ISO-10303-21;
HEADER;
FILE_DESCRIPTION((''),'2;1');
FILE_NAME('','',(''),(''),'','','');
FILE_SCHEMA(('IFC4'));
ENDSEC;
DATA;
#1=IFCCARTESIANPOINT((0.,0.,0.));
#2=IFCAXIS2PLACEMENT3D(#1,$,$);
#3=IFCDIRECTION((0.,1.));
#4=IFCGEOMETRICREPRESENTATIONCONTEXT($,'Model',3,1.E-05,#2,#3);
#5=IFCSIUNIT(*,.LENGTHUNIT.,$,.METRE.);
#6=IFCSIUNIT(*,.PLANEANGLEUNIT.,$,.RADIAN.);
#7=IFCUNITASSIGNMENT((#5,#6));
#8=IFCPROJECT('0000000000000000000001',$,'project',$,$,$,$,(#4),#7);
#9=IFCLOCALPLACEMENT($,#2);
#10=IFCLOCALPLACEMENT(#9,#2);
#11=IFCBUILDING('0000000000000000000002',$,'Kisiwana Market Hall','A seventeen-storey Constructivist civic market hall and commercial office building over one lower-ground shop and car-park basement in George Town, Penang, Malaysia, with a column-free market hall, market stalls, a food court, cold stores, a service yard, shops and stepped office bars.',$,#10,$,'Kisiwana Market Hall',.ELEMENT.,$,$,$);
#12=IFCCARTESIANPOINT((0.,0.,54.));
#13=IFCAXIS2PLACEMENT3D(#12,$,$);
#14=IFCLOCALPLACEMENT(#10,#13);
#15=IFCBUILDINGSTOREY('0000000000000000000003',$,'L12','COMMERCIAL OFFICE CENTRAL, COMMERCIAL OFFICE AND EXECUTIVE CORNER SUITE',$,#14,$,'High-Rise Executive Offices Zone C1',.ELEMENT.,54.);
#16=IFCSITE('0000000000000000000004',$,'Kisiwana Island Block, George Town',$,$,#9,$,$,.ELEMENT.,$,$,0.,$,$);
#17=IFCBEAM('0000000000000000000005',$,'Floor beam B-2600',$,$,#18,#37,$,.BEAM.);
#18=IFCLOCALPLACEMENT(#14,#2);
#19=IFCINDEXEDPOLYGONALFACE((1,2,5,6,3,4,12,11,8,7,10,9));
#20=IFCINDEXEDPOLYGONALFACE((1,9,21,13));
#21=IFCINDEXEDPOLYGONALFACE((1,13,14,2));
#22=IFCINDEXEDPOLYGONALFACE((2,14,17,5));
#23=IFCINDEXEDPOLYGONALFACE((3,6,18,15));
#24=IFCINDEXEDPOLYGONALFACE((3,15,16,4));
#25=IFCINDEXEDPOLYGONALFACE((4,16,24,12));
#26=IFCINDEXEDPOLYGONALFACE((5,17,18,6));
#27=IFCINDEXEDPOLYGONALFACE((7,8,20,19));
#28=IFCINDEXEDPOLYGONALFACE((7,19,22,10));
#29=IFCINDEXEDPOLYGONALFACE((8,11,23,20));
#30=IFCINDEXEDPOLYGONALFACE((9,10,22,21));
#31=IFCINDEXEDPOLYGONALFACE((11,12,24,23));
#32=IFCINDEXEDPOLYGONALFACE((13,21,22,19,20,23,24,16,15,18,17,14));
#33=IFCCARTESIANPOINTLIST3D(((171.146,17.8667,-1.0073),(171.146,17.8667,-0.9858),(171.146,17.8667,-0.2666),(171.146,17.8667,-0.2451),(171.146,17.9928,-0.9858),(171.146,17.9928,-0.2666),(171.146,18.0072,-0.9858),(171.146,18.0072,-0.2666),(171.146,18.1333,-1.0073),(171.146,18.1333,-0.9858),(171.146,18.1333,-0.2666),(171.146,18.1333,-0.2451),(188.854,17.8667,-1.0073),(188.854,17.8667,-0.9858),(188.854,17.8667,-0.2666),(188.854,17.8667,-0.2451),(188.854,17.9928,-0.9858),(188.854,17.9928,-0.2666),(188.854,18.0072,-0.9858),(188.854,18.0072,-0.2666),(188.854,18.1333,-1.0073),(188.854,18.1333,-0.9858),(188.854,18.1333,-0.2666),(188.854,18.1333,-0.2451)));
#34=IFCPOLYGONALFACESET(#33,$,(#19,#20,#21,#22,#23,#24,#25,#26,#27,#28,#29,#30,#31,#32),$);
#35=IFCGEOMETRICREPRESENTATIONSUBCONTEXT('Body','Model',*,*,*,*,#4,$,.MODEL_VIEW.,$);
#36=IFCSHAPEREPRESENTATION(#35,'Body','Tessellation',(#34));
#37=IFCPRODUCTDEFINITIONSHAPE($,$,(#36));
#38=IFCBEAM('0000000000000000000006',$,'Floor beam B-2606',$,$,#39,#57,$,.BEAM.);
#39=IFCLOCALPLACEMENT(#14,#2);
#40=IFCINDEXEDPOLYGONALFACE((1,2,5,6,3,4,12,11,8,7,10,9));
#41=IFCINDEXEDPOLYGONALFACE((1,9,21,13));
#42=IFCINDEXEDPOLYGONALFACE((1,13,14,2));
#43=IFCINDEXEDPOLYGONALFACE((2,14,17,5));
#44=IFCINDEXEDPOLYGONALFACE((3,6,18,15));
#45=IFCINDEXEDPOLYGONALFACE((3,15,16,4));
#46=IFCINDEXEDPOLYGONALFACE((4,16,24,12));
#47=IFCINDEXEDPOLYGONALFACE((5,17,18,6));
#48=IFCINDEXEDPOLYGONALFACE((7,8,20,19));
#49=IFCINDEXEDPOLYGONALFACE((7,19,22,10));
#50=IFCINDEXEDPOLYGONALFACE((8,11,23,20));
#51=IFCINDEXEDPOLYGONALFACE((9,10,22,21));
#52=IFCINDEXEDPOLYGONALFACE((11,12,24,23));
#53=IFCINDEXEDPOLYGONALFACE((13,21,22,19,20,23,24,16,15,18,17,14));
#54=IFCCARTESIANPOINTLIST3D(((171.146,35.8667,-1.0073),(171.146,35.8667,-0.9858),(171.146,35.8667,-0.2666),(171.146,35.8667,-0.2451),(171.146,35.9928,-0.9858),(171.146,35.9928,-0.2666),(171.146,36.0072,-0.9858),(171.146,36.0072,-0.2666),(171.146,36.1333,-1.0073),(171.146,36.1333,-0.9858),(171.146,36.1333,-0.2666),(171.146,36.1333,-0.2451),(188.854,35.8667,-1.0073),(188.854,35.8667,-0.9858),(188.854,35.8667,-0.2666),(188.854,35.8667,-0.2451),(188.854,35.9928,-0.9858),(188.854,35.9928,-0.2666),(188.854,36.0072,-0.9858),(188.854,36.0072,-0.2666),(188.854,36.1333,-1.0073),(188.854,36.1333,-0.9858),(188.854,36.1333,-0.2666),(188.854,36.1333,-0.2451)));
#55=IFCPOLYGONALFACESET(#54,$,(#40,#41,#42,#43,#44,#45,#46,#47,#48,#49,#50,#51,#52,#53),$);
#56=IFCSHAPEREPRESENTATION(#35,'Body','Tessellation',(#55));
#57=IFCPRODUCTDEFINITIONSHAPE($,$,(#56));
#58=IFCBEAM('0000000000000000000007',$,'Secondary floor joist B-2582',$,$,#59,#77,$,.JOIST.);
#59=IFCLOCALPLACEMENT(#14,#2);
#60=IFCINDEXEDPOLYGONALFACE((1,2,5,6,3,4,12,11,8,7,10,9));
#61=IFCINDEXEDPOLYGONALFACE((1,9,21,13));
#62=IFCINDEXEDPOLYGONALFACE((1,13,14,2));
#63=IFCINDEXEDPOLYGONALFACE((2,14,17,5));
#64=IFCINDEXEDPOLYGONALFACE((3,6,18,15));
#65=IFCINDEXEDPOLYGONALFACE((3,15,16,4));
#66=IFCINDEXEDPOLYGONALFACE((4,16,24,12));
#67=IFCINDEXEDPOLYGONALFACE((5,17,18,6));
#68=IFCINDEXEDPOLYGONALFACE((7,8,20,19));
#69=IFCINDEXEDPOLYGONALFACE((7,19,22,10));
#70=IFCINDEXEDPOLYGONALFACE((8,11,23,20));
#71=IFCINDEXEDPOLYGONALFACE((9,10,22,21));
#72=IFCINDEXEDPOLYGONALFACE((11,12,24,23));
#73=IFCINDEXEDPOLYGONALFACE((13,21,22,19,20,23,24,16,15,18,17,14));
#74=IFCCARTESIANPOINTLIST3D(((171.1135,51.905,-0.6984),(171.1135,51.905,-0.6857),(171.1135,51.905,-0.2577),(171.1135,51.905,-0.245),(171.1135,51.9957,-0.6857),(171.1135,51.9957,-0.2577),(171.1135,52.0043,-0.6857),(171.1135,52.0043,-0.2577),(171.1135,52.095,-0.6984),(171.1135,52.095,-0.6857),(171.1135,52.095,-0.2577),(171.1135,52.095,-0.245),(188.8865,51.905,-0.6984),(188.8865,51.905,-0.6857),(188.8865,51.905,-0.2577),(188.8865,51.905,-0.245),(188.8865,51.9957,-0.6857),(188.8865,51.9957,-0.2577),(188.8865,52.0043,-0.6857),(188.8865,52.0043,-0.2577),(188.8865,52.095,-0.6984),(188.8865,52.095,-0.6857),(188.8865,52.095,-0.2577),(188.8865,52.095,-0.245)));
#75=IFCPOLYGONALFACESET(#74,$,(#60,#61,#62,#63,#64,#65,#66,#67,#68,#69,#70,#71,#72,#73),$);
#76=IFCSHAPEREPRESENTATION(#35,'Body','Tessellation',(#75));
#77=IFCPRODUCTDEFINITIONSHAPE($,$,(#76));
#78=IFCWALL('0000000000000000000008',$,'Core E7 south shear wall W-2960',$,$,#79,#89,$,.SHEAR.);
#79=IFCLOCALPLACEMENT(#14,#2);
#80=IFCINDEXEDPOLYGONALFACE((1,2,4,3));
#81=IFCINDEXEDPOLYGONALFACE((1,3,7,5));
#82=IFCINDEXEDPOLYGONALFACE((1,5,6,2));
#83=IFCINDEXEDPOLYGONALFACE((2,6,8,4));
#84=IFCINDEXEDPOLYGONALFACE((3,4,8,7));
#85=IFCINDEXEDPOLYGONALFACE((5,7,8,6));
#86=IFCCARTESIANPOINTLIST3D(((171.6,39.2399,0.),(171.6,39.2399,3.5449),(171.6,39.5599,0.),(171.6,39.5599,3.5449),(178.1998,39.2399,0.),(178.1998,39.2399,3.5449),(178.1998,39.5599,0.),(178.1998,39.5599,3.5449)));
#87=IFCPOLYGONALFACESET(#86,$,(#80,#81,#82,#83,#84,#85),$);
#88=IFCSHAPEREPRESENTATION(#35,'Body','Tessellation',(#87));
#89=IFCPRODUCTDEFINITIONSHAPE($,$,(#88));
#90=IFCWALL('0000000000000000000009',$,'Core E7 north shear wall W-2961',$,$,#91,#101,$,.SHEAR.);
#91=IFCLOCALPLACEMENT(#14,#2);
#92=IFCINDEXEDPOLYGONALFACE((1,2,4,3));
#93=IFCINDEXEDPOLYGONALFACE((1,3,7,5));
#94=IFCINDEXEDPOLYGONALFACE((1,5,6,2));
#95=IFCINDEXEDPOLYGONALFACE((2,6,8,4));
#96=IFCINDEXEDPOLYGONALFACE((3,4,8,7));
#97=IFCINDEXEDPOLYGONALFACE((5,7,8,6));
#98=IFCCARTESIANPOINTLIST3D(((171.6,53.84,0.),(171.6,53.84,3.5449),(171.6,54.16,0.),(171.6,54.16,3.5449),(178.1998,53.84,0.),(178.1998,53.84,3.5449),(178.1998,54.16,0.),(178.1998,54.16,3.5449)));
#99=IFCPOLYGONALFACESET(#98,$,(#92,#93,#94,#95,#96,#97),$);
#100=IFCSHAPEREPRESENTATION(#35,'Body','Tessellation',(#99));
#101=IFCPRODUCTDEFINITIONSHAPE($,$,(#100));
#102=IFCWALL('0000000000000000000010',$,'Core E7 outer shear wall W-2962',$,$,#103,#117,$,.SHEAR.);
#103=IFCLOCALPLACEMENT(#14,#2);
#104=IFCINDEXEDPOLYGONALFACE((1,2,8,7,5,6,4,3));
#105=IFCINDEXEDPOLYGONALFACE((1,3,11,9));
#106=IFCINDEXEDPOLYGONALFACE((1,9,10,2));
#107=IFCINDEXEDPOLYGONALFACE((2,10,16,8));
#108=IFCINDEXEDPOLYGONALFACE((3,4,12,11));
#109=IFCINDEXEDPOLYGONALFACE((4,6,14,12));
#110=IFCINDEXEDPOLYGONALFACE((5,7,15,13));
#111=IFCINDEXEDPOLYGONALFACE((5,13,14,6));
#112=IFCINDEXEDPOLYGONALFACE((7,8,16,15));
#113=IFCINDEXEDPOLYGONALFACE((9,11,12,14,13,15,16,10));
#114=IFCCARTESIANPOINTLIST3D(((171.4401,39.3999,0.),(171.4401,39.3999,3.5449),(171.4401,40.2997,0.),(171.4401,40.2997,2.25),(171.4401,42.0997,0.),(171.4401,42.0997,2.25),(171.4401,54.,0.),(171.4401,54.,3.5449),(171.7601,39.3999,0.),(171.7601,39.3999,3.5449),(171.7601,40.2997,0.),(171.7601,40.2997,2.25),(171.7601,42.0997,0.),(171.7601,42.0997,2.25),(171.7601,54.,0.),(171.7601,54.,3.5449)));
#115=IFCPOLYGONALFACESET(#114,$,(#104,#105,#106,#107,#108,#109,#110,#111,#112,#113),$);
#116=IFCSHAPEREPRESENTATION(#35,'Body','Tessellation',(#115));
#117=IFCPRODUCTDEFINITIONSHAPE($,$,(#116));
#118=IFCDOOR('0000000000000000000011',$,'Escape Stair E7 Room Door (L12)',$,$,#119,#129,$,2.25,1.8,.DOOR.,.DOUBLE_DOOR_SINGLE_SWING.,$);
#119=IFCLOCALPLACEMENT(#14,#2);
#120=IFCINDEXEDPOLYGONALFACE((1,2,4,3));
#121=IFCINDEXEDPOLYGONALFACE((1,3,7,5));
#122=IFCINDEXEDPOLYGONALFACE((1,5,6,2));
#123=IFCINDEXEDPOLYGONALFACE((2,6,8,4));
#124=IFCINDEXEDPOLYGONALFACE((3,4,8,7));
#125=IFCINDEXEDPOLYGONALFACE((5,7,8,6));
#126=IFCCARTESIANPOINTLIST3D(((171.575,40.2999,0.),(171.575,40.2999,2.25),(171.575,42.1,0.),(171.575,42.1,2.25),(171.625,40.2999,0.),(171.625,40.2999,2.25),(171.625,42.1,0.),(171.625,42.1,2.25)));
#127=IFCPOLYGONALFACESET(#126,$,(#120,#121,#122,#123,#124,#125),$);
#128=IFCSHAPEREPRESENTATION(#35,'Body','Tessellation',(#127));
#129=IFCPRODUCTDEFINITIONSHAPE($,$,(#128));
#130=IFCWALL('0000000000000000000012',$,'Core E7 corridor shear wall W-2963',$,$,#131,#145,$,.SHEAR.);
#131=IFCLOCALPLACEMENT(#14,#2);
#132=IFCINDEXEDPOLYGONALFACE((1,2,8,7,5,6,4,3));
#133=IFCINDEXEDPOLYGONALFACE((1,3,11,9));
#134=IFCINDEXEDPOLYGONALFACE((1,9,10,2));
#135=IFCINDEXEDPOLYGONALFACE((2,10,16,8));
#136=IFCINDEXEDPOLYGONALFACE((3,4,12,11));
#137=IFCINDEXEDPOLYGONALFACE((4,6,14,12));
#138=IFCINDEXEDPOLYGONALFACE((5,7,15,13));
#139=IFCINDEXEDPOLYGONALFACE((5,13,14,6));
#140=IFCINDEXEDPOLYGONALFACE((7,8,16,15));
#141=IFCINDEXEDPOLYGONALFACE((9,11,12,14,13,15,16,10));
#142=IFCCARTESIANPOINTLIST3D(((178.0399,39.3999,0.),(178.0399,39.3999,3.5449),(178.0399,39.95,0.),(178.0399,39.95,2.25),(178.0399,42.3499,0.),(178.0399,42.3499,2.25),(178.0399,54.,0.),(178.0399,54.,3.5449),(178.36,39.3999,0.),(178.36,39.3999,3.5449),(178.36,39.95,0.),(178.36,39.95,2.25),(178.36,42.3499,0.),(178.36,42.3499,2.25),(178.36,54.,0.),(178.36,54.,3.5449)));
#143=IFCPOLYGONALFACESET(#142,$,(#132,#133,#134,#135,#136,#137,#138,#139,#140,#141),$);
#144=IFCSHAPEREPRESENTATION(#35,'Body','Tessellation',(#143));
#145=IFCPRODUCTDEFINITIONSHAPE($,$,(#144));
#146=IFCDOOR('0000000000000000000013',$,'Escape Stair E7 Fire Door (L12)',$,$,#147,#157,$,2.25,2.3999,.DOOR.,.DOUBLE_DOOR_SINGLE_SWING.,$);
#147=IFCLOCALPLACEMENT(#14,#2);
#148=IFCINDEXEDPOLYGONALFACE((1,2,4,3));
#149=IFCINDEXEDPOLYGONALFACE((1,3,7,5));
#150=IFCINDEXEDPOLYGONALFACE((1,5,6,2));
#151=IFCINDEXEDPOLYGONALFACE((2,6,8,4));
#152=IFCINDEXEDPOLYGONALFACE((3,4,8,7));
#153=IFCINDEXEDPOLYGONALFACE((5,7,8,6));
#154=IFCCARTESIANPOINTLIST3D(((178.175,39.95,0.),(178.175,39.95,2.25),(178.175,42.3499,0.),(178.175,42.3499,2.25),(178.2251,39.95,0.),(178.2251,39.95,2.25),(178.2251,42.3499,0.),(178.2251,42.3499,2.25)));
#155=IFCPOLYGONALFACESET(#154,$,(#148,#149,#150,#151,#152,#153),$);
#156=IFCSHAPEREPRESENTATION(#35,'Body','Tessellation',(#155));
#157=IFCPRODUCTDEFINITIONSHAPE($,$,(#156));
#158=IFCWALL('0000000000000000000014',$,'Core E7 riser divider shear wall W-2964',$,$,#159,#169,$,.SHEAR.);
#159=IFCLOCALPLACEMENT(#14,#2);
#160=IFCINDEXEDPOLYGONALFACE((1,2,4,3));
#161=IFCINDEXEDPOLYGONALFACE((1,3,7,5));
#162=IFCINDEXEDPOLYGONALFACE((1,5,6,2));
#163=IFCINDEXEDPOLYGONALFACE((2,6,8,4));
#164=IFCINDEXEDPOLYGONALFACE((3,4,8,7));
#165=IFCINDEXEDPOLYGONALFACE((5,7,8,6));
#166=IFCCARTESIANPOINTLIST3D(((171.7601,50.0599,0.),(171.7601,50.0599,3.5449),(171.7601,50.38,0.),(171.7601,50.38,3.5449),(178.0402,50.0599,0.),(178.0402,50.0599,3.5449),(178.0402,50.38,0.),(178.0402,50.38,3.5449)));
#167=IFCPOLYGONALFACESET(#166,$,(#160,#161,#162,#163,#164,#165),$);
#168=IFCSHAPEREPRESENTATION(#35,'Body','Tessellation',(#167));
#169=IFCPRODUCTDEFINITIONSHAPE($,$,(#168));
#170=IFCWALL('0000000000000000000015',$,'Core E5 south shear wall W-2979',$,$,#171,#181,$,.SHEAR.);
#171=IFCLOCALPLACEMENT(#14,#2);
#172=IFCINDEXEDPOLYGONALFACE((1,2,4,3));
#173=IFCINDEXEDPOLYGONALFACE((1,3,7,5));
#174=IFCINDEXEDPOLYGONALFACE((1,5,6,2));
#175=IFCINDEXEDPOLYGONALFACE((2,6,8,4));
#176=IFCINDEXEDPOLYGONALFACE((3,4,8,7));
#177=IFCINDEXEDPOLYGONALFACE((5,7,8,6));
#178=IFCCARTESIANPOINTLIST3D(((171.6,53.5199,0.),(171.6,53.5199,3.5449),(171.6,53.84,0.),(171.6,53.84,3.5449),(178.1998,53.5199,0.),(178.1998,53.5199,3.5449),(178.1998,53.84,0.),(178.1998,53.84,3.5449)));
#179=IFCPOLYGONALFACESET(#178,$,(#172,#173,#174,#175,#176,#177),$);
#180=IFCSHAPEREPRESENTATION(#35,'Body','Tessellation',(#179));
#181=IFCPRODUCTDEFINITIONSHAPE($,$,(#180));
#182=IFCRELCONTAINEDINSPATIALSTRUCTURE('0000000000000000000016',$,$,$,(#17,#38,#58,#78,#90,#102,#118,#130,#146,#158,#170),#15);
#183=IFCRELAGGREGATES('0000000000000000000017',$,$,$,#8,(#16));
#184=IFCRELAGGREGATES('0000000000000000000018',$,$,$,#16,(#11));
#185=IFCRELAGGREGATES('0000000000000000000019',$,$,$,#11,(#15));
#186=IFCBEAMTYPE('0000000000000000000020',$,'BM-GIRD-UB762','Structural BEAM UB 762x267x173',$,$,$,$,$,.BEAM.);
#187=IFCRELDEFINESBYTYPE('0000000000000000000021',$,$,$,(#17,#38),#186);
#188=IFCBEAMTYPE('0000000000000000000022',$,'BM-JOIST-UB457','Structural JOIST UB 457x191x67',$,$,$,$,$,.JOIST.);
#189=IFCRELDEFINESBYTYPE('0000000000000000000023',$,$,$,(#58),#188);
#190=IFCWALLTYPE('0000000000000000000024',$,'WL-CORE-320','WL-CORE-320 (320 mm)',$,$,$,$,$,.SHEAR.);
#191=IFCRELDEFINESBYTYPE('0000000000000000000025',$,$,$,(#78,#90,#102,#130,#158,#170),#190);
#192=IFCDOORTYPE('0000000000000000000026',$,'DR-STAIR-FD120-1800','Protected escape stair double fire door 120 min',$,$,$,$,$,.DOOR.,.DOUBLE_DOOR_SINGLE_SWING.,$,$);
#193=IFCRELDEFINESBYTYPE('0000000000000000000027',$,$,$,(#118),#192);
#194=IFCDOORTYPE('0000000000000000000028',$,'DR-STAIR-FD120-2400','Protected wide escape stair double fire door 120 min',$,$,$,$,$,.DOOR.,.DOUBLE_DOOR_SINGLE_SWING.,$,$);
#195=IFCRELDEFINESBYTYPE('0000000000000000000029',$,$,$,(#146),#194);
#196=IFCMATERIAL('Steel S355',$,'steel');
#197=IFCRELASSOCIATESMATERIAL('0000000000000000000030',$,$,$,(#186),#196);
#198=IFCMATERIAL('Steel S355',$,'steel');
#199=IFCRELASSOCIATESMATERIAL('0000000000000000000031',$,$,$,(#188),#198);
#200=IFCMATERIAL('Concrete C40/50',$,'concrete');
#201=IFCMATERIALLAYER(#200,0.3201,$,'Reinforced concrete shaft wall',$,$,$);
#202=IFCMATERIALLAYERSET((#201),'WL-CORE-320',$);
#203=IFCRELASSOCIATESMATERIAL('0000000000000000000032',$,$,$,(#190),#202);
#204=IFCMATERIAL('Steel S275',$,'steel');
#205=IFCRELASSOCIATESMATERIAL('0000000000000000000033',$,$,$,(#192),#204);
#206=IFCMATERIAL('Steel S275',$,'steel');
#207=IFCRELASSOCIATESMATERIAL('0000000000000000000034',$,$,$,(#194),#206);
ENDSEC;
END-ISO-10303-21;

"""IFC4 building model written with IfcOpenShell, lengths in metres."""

from ifc_helpers import new_model, si_unit, direction, frame, frame_2d, origin, origin_2d, place, context, subcontext, project, spatial, rectangle, i_section, extrude, material, layer, layer_set, material_profile, profile_set, type_object, element, fill, save


model = new_model("IFC4")

# Units and contexts
model_context = context("Model", 3, precision=1e-05, world=origin(), true_north=direction((0.0, 1.0)))
body_context = subcontext(model_context, "Body", "Model", "MODEL_VIEW")
ifc_project = project(units=[si_unit("LENGTHUNIT", "METRE"), si_unit("PLANEANGLEUNIT", "RADIAN")], contexts=[model_context])

# Site, building, storey
site_placement = place(None, origin())
site = spatial("IfcSite", under=ifc_project, at=site_placement, Name="Kisiwana Island Block, George Town", CompositionType="ELEMENT", RefElevation=0.0)
building_placement = place(site_placement, origin())
building = spatial("IfcBuilding", under=site, at=building_placement, Name="Kisiwana Market Hall", Description="A seventeen-storey Constructivist civic market hall and commercial office building over one lower-ground shop and car-park basement in George Town, Penang, Malaysia, with a column-free market hall, market stalls, a food court, cold stores, a service yard, shops and stepped office bars.", LongName="Kisiwana Market Hall", CompositionType="ELEMENT")
storey_placement = place(building_placement, frame((0.0, 0.0, 54.0)))
storey = spatial("IfcBuildingStorey", under=building, at=storey_placement, Name="L12", Description="COMMERCIAL OFFICE CENTRAL, COMMERCIAL OFFICE AND EXECUTIVE CORNER SUITE", LongName="High-Rise Executive Offices Zone C1", CompositionType="ELEMENT", Elevation=54.0)

# Beams
ifc_material_1 = material(Name="Steel S355", Category="steel")
ifc_material_profile_1 = material_profile(ifc_material_1, i_section(OverallWidth=0.2666, OverallDepth=0.7622, WebThickness=0.0144, FlangeThickness=0.0215, at=origin_2d()), Name="UB 762x267x173")
ifc_profile_set_1 = profile_set([ifc_material_profile_1], Name="Steel S355")
beam_type_1 = type_object("IfcBeamType", Name="BM-GIRD-UB762", Description="Structural BEAM UB 762x267x173", PredefinedType="BEAM", material=ifc_profile_set_1)
for number, where, z_axis, x_axis, name in (
    (1, (171.146, 18.0, -0.6262), (1.0, 0.0, 0.0), (0.0, 1.0, 0.0), "Floor beam B-2600"),
    (2, (171.146, 36.0, -0.6262), (1.0, 0.0, 0.0), (0.0, 1.0, 0.0), "Floor beam B-2606"),
):
    element("IfcBeam", number, at=place(storey_placement, frame(where, z_axis=z_axis, x_axis=x_axis)), inside=storey, type_object=beam_type_1, Name=name, PredefinedType="BEAM", context=body_context, shape_type="SweptSolid", body=[
        extrude(i_section(OverallWidth=0.2666, OverallDepth=0.7622, WebThickness=0.0144, FlangeThickness=0.0215, at=origin_2d()), origin(), (0.0, 0.0, 1.0), 17.708),
    ])
ifc_material_2 = material(Name="Steel S355", Category="steel")
ifc_material_profile_2 = material_profile(ifc_material_2, i_section(OverallWidth=0.1899, OverallDepth=0.4534, WebThickness=0.0085, FlangeThickness=0.0127, at=origin_2d()), Name="UB 457x191x67")
ifc_profile_set_2 = profile_set([ifc_material_profile_2], Name="Steel S355")
beam_type_2 = type_object("IfcBeamType", Name="BM-JOIST-UB457", Description="Structural JOIST UB 457x191x67", PredefinedType="JOIST", material=ifc_profile_set_2)
beam_placement = place(storey_placement, frame((171.1135, 52.0, -0.4717), z_axis=(1.0, 0.0, 0.0), x_axis=(0.0, 1.0, 0.0)))
element("IfcBeam", 3, at=beam_placement, inside=storey, type_object=beam_type_2, Name="Secondary floor joist B-2582", PredefinedType="JOIST", context=body_context, shape_type="SweptSolid", body=[
    extrude(i_section(OverallWidth=0.1899, OverallDepth=0.4534, WebThickness=0.0085, FlangeThickness=0.0127, at=origin_2d()), origin(), (0.0, 0.0, 1.0), 17.7729),
])

# Walls
ifc_material_3 = material(Name="Concrete C40/50", Category="concrete")
ifc_layer_1 = layer(ifc_material_3, 0.3201, Name="Reinforced concrete shaft wall")
ifc_layer_set_1 = layer_set([ifc_layer_1], Name="WL-CORE-320")
wall_type_1 = type_object("IfcWallType", Name="WL-CORE-320", Description="WL-CORE-320 (320 mm)", PredefinedType="SHEAR", material=ifc_layer_set_1)
for number, where, z_axis, x_axis, name in (
    (4, (171.6001, 39.3999, 0.0), (0.0, 0.0, 1.0), (1.0, 0.0, 0.0), "Core E7 south shear wall W-2960"),
    (5, (171.6001, 54.0, 0.0), (0.0, 0.0, 1.0), (1.0, 0.0, 0.0), "Core E7 north shear wall W-2961"),
):
    element("IfcWall", number, at=place(storey_placement, frame(where, z_axis=z_axis, x_axis=x_axis)), inside=storey, type_object=wall_type_1, Name=name, PredefinedType="SHEAR", context=body_context, shape_type="SweptSolid", body=[
        extrude(rectangle(XDim=6.5999, YDim=0.3201, at=frame_2d((3.2998, 0.0))), origin(), (0.0, 0.0, 1.0), 3.5449),
    ])

# Walls, openings, doors
wall_1_placement = place(storey_placement, frame((171.6001, 39.3999, 0.0), z_axis=(0.0, 0.0, 1.0), x_axis=(0.0, 1.0, 0.0)))
wall_1 = element("IfcWall", 6, at=wall_1_placement, inside=storey, type_object=wall_type_1, Name="Core E7 outer shear wall W-2962", PredefinedType="SHEAR", context=body_context, shape_type="SweptSolid", body=[
    extrude(rectangle(XDim=14.6001, YDim=0.3201, at=frame_2d((7.3, 0.0))), origin(), (0.0, 0.0, 1.0), 3.5449),
])
opening_1_placement = place(wall_1_placement, frame((0.8999, 0.0, 0.0)))
opening_1 = element("IfcOpeningElement", 7, at=opening_1_placement, cuts=wall_1, PredefinedType="OPENING", context=body_context, shape_type="SweptSolid", body=[
    extrude(rectangle(XDim=1.8, YDim=2.25, at=frame_2d((0.8999, 1.125))), frame((0.0, 0.1719, 0.0), z_axis=(0.0, -1.0, 0.0), x_axis=(1.0, 0.0, 0.0)), (0.0, 0.0, 1.0), 0.344),
])
ifc_material_4 = material(Name="Steel S275", Category="steel")
door_type_1 = type_object("IfcDoorType", Name="DR-STAIR-FD120-1800", Description="Protected escape stair double fire door 120 min", OperationType="DOUBLE_DOOR_SINGLE_SWING", PredefinedType="DOOR", material=ifc_material_4)
door_1_placement = place(opening_1_placement, frame((1.8, 0.0, 0.0), z_axis=(0.0, 0.0, 1.0), x_axis=(-1.0, 0.0, 0.0)))
door_1 = element("IfcDoor", 8, at=door_1_placement, inside=storey, type_object=door_type_1, Name="Escape Stair E7 Room Door (L12)", OperationType="DOUBLE_DOOR_SINGLE_SWING", OverallHeight=2.25, OverallWidth=1.8, PredefinedType="DOOR", context=body_context, shape_type="SweptSolid", body=[
    extrude(rectangle(XDim=1.8, YDim=2.25, at=frame_2d((0.8999, 1.125))), frame((0.0, 0.0249, 0.0), z_axis=(0.0, -1.0, 0.0), x_axis=(1.0, 0.0, 0.0)), (0.0, 0.0, 1.0), 0.05),
])
fill(opening_1, door_1)
wall_2_placement = place(storey_placement, frame((178.2, 39.3999, 0.0), z_axis=(0.0, 0.0, 1.0), x_axis=(0.0, 1.0, 0.0)))
wall_2 = element("IfcWall", 9, at=wall_2_placement, inside=storey, type_object=wall_type_1, Name="Core E7 corridor shear wall W-2963", PredefinedType="SHEAR", context=body_context, shape_type="SweptSolid", body=[
    extrude(rectangle(XDim=14.6001, YDim=0.3201, at=frame_2d((7.3, 0.0))), origin(), (0.0, 0.0, 1.0), 3.5449),
])
opening_2_placement = place(wall_2_placement, frame((0.55, 0.0, 0.0)))
opening_2 = element("IfcOpeningElement", 10, at=opening_2_placement, cuts=wall_2, PredefinedType="OPENING", context=body_context, shape_type="SweptSolid", body=[
    extrude(rectangle(XDim=2.3999, YDim=2.25, at=frame_2d((1.2, 1.125))), frame((0.0, 0.1719, 0.0), z_axis=(0.0, -1.0, 0.0), x_axis=(1.0, 0.0, 0.0)), (0.0, 0.0, 1.0), 0.344),
])
ifc_material_5 = material(Name="Steel S275", Category="steel")
door_type_2 = type_object("IfcDoorType", Name="DR-STAIR-FD120-2400", Description="Protected wide escape stair double fire door 120 min", OperationType="DOUBLE_DOOR_SINGLE_SWING", PredefinedType="DOOR", material=ifc_material_5)
door_2_placement = place(opening_2_placement, origin())
door_2 = element("IfcDoor", 11, at=door_2_placement, inside=storey, type_object=door_type_2, Name="Escape Stair E7 Fire Door (L12)", OperationType="DOUBLE_DOOR_SINGLE_SWING", OverallHeight=2.25, OverallWidth=2.3999, PredefinedType="DOOR", context=body_context, shape_type="SweptSolid", body=[
    extrude(rectangle(XDim=2.3999, YDim=2.25, at=frame_2d((1.2, 1.125))), frame((0.0, 0.0249, 0.0), z_axis=(0.0, -1.0, 0.0), x_axis=(1.0, 0.0, 0.0)), (0.0, 0.0, 1.0), 0.05),
])
fill(opening_2, door_2)

# Walls
wall_3_placement = place(storey_placement, frame((171.76, 50.22, 0.0), z_axis=(0.0, 0.0, 1.0), x_axis=(1.0, 0.0, 0.0)))
element("IfcWall", 12, at=wall_3_placement, inside=storey, type_object=wall_type_1, Name="Core E7 riser divider shear wall W-2964", PredefinedType="SHEAR", context=body_context, shape_type="SweptSolid", body=[
    extrude(rectangle(XDim=6.28, YDim=0.3201, at=frame_2d((3.1401, 0.0))), origin(), (0.0, 0.0, 1.0), 3.5449),
])
wall_4_placement = place(storey_placement, frame((171.6001, 53.6799, 0.0), z_axis=(0.0, 0.0, 1.0), x_axis=(1.0, 0.0, 0.0)))
element("IfcWall", 13, at=wall_4_placement, inside=storey, type_object=wall_type_1, Name="Core E5 south shear wall W-2979", PredefinedType="SHEAR", context=body_context, shape_type="SweptSolid", body=[
    extrude(rectangle(XDim=6.5999, YDim=0.3201, at=frame_2d((3.2998, 0.0))), origin(), (0.0, 0.0, 1.0), 3.5449),
])

save(model, "model.ifc")
